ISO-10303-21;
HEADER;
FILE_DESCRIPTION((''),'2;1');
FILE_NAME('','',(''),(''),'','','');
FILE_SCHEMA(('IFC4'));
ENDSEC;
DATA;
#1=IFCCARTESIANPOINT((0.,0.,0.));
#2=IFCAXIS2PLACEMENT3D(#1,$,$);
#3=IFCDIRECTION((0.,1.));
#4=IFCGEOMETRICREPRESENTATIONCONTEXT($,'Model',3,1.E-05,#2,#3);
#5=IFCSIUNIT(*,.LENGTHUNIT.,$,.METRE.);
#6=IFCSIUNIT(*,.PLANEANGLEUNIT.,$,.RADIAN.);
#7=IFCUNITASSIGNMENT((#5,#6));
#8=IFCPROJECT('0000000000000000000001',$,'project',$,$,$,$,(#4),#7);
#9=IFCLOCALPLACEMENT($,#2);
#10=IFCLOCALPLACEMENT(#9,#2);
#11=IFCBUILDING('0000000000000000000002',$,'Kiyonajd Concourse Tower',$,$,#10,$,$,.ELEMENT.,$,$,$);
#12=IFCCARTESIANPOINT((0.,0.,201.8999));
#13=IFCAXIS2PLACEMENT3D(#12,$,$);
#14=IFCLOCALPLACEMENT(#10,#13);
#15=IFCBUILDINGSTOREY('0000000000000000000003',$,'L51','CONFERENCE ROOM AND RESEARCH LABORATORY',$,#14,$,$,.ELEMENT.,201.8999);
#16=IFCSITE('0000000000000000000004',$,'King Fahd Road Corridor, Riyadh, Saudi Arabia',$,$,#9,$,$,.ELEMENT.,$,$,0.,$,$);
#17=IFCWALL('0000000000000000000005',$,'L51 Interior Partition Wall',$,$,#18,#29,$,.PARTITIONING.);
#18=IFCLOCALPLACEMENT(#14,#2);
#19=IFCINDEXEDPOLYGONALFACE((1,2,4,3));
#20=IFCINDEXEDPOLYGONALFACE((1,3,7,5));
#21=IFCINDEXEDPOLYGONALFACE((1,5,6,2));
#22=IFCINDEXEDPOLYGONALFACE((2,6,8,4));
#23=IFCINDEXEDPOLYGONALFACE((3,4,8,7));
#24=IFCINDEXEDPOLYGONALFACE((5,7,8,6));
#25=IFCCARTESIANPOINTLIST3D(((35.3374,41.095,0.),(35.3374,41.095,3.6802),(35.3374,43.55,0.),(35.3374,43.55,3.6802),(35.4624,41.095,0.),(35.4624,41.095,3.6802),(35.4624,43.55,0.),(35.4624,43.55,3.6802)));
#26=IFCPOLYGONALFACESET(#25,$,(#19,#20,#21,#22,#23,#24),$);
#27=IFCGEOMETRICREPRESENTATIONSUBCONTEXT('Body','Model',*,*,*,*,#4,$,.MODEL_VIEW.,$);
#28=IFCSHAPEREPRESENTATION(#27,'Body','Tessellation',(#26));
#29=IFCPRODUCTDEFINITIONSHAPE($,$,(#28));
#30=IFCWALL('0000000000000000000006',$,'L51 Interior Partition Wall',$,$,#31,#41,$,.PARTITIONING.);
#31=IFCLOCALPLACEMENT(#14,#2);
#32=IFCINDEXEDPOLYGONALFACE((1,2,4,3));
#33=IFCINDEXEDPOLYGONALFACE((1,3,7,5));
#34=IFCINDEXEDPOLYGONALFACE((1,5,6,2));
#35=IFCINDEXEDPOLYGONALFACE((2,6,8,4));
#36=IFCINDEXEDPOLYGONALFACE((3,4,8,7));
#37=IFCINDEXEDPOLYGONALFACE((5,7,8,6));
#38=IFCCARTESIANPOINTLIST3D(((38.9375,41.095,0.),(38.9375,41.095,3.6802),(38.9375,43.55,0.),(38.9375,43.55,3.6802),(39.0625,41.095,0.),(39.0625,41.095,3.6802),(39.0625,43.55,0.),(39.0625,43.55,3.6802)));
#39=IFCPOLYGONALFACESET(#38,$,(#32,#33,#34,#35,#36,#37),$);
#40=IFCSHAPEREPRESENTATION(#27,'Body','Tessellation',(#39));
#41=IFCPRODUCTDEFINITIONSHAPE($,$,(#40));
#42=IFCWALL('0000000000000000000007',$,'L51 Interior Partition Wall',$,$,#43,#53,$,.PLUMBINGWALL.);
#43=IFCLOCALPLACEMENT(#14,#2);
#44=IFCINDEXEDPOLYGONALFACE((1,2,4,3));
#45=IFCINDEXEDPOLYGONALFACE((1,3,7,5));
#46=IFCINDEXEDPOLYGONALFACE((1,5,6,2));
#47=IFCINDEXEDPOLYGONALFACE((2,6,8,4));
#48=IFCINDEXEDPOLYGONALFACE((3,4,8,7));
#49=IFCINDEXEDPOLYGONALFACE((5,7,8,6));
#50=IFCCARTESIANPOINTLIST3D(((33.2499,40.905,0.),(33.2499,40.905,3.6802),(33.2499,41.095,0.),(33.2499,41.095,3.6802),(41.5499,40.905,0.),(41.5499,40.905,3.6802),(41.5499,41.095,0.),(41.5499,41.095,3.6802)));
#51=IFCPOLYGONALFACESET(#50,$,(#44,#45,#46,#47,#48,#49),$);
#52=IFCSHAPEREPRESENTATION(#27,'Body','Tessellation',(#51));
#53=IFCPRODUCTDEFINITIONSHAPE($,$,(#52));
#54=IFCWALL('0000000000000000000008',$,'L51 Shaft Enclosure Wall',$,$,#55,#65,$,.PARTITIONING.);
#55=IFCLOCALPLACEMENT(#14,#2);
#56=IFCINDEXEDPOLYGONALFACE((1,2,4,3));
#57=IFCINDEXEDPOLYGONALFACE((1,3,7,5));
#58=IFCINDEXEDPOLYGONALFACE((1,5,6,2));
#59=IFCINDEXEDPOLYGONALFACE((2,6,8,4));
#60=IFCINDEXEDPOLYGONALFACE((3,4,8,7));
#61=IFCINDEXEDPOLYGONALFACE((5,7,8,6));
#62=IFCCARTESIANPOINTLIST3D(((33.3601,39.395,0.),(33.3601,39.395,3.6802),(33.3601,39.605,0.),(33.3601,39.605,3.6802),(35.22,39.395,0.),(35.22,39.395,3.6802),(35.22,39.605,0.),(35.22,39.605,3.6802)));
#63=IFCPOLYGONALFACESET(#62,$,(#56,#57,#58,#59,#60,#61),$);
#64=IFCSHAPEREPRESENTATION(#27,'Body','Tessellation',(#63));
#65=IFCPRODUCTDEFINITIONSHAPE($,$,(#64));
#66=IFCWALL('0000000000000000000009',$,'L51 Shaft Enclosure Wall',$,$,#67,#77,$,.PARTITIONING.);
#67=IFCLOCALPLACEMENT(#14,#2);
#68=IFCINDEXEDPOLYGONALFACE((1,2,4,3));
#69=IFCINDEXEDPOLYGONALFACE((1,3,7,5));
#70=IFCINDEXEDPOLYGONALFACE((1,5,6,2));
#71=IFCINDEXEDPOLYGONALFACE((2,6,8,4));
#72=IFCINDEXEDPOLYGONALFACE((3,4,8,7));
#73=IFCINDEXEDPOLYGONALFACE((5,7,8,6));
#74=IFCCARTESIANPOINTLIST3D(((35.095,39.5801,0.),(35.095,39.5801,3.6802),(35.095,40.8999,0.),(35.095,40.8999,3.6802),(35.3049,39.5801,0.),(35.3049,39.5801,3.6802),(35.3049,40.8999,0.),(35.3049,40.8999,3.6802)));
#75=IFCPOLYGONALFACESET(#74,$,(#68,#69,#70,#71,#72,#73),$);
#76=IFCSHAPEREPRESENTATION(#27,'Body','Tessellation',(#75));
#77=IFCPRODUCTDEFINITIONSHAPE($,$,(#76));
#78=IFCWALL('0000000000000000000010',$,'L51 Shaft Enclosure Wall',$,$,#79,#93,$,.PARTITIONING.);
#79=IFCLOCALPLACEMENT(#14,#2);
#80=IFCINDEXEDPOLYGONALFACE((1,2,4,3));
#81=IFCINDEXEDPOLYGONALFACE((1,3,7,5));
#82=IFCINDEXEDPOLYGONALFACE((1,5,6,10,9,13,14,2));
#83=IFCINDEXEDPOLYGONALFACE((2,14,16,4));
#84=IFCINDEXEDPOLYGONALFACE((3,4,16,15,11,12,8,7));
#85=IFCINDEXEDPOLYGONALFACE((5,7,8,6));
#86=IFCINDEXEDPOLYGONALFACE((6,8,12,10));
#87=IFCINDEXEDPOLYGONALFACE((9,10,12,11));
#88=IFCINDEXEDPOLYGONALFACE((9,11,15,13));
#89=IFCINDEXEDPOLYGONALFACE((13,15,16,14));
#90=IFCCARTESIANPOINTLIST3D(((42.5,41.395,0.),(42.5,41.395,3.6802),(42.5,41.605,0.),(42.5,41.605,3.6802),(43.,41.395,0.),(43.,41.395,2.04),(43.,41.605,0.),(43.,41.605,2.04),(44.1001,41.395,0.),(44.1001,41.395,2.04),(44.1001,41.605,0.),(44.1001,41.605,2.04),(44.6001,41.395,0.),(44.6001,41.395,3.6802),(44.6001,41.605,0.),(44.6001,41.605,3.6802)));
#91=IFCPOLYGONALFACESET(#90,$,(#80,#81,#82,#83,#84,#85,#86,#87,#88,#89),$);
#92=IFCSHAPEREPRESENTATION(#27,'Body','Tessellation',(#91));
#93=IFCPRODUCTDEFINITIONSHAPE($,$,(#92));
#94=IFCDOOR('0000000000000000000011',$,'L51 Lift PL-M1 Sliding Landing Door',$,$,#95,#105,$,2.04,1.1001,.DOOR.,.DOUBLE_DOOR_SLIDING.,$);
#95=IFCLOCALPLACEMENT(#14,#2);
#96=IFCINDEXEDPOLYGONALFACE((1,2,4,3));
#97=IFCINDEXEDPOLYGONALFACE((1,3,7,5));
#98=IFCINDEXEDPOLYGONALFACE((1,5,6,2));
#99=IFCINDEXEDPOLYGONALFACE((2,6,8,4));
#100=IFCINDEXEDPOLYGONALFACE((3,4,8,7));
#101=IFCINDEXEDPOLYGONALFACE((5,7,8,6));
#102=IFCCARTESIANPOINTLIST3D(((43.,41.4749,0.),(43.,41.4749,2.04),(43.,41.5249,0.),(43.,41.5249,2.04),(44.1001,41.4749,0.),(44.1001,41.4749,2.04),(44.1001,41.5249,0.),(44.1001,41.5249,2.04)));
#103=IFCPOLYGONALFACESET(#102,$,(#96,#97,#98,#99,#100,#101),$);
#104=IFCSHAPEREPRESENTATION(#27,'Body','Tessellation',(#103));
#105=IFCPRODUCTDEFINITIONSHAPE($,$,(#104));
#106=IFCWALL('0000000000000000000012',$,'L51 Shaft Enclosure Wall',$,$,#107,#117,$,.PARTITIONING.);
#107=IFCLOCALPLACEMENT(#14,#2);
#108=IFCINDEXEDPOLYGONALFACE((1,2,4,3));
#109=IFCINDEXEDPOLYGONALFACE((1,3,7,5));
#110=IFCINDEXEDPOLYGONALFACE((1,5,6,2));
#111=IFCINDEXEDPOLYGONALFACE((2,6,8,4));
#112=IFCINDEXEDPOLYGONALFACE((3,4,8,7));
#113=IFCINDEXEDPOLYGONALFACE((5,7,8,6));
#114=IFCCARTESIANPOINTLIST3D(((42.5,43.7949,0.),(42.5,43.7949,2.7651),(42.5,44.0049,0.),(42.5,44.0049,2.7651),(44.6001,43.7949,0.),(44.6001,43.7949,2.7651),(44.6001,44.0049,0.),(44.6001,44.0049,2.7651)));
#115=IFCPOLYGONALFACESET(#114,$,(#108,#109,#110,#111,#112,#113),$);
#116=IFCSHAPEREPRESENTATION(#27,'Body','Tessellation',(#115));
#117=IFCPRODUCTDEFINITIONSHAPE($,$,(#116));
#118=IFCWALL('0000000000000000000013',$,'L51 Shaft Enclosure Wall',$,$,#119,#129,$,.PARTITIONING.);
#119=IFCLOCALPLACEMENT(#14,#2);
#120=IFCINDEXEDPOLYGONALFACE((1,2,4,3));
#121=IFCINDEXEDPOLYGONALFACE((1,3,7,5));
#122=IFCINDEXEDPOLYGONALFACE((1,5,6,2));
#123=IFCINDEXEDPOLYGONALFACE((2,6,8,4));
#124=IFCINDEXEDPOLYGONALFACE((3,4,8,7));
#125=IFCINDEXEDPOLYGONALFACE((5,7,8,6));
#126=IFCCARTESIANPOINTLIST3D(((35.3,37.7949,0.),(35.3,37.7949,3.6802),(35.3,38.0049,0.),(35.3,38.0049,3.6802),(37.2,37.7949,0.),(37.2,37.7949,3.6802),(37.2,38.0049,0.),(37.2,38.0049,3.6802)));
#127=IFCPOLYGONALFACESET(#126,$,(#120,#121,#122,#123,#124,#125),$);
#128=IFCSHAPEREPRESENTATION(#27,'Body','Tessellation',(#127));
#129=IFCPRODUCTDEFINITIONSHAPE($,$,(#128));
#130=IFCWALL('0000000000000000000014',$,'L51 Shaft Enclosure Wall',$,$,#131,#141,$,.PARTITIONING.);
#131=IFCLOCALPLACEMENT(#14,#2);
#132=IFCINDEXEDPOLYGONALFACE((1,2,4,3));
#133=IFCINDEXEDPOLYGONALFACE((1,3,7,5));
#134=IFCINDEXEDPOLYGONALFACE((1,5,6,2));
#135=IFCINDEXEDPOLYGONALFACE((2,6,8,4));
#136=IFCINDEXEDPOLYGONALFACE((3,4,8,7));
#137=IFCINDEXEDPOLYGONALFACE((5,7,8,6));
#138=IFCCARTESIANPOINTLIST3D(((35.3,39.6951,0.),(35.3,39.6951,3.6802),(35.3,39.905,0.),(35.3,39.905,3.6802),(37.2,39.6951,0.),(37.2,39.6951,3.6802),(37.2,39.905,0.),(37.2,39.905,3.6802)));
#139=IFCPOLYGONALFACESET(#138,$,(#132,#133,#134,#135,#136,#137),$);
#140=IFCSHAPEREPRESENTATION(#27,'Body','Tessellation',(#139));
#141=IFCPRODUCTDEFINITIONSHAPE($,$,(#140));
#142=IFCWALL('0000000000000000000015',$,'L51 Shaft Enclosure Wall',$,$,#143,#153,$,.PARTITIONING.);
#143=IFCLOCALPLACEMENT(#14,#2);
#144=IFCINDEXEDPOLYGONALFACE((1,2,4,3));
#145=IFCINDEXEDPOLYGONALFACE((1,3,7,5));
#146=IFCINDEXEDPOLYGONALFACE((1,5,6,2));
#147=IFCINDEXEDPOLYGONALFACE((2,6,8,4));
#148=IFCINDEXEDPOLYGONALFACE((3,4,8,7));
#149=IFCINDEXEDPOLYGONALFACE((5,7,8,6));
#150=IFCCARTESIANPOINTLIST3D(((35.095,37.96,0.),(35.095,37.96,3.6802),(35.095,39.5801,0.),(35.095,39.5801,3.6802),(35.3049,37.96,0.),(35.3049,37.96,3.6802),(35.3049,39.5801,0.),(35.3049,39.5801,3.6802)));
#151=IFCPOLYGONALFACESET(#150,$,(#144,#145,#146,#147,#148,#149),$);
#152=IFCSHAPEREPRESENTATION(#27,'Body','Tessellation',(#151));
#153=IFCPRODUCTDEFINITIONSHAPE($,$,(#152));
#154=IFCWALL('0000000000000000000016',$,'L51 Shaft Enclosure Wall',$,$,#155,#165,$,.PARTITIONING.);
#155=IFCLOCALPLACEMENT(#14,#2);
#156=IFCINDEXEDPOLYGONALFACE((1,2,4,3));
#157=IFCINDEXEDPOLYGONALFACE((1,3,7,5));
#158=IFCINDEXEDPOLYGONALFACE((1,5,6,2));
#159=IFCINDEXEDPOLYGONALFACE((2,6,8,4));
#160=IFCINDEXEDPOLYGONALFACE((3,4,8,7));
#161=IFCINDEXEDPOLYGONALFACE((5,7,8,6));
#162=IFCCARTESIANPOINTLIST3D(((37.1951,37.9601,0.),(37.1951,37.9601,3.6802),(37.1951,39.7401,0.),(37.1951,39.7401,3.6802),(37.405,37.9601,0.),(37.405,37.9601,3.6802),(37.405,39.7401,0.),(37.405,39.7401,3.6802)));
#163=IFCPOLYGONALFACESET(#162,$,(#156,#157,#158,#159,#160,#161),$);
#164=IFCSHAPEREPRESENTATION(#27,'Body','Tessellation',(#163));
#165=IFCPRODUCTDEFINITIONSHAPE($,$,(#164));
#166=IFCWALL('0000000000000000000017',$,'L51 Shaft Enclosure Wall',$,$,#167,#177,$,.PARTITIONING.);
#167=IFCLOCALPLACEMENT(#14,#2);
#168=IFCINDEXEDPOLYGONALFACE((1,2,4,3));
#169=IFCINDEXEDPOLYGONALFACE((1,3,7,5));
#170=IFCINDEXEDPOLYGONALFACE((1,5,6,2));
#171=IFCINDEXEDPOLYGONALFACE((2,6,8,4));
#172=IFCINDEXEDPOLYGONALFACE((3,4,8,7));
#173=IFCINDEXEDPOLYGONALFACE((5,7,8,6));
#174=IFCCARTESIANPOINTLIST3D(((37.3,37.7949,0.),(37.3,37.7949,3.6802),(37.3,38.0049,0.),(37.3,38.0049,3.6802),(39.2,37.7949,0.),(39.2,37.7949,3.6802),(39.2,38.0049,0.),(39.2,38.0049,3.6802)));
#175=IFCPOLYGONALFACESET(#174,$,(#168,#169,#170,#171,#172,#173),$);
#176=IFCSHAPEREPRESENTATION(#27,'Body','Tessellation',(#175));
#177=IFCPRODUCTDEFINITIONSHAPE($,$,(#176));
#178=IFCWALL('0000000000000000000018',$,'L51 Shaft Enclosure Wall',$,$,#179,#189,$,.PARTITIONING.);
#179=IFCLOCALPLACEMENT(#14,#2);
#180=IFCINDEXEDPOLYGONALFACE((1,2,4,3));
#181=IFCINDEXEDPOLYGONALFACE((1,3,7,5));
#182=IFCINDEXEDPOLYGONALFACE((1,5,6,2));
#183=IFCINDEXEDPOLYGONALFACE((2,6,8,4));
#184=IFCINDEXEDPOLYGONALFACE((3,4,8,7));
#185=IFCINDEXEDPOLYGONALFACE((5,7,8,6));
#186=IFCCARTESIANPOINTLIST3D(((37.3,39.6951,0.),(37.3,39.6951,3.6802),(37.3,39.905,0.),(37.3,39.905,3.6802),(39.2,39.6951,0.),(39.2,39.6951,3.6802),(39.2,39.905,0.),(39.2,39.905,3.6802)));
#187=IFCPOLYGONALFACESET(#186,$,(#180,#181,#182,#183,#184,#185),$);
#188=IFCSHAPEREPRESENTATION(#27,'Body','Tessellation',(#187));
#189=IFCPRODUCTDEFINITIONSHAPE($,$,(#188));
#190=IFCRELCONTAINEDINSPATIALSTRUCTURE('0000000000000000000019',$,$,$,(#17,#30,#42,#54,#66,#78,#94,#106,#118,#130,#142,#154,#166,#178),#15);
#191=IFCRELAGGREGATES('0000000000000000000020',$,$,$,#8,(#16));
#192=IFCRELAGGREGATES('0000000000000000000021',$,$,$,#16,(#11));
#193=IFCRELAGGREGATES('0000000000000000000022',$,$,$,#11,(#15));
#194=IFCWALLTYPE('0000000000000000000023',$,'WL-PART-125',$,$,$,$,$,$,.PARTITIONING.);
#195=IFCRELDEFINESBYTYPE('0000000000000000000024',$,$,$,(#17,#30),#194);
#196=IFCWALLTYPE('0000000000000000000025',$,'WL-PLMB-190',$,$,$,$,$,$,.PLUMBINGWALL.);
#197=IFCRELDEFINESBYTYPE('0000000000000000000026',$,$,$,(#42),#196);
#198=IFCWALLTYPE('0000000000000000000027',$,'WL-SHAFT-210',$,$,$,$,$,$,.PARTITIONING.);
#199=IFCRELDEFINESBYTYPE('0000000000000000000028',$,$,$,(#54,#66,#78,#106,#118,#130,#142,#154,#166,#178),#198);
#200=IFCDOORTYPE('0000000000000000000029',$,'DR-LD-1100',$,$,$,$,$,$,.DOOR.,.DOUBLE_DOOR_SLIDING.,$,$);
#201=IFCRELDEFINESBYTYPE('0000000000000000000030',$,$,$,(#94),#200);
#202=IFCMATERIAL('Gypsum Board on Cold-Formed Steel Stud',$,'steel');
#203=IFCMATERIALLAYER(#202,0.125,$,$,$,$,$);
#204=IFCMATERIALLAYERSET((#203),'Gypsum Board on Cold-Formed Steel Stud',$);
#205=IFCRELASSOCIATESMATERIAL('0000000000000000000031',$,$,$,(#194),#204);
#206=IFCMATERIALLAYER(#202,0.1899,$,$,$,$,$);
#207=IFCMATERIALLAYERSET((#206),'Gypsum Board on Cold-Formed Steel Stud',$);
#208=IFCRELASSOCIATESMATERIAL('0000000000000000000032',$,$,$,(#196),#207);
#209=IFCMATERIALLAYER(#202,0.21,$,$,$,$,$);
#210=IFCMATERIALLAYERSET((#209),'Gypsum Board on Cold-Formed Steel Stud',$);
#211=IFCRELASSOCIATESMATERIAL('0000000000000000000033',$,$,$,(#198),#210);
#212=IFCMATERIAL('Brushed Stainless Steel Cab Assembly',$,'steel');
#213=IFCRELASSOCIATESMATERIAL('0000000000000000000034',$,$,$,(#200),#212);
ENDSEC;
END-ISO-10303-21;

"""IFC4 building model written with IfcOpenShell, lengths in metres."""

from ifc_helpers import new_model, si_unit, direction, frame, frame_2d, origin, place, context, subcontext, project, spatial, rectangle, extrude, material, layer, layer_set, type_object, element, fill, save


model = new_model("IFC4")

# Units and contexts
model_context = context("Model", 3, precision=1e-05, world=origin(), true_north=direction((0.0, 1.0)))
body_context = subcontext(model_context, "Body", "Model", "MODEL_VIEW")
ifc_project = project(units=[si_unit("LENGTHUNIT", "METRE"), si_unit("PLANEANGLEUNIT", "RADIAN")], contexts=[model_context])

# Site, building, storey
site_placement = place(None, origin())
site = spatial("IfcSite", under=ifc_project, at=site_placement, Name="King Fahd Road Corridor, Riyadh, Saudi Arabia", CompositionType="ELEMENT", RefElevation=0.0)
building_placement = place(site_placement, origin())
building = spatial("IfcBuilding", under=site, at=building_placement, Name="Kiyonajd Concourse Tower", CompositionType="ELEMENT")
storey_placement = place(building_placement, frame((0.0, 0.0, 201.8999)))
storey = spatial("IfcBuildingStorey", under=building, at=storey_placement, Name="L51", Description="CONFERENCE ROOM AND RESEARCH LABORATORY", CompositionType="ELEMENT", Elevation=201.8999)

# Walls
ifc_material_1 = material(Name="Gypsum Board on Cold-Formed Steel Stud", Category="steel")
ifc_layer_1 = layer(ifc_material_1, 0.125)
ifc_layer_set_1 = layer_set([ifc_layer_1], Name="Gypsum Board on Cold-Formed Steel Stud")
wall_type_1 = type_object("IfcWallType", Name="WL-PART-125", PredefinedType="PARTITIONING", material=ifc_layer_set_1)
for number, where, z_axis, x_axis, name in (
    (1, (35.3999, 41.095, 0.0), (0.0, 0.0, 1.0), (0.0, 1.0, 0.0), "L51 Interior Partition Wall"),
    (2, (39.0, 41.095, 0.0), (0.0, 0.0, 1.0), (0.0, 1.0, 0.0), "L51 Interior Partition Wall"),
):
    element("IfcWall", number, at=place(storey_placement, frame(where, z_axis=z_axis, x_axis=x_axis)), inside=storey, type_object=wall_type_1, Name=name, PredefinedType="PARTITIONING", context=body_context, shape_type="SweptSolid", body=[
        extrude(rectangle(XDim=2.4551, YDim=0.125, at=frame_2d((1.2275, 0.0))), origin(), (0.0, 0.0, 1.0), 3.6802),
    ])
ifc_layer_2 = layer(ifc_material_1, 0.1899)
ifc_layer_set_2 = layer_set([ifc_layer_2], Name="Gypsum Board on Cold-Formed Steel Stud")
wall_type_2 = type_object("IfcWallType", Name="WL-PLMB-190", PredefinedType="PLUMBINGWALL", material=ifc_layer_set_2)
wall_1_placement = place(storey_placement, frame((33.25, 41.0, 0.0), z_axis=(0.0, 0.0, 1.0), x_axis=(1.0, 0.0, 0.0)))
element("IfcWall", 3, at=wall_1_placement, inside=storey, type_object=wall_type_2, Name="L51 Interior Partition Wall", PredefinedType="PLUMBINGWALL", context=body_context, shape_type="SweptSolid", body=[
    extrude(rectangle(XDim=8.3, YDim=0.1899, at=frame_2d((4.1499, 0.0))), origin(), (0.0, 0.0, 1.0), 3.6802),
])
ifc_layer_3 = layer(ifc_material_1, 0.21)
ifc_layer_set_3 = layer_set([ifc_layer_3], Name="Gypsum Board on Cold-Formed Steel Stud")
wall_type_3 = type_object("IfcWallType", Name="WL-SHAFT-210", PredefinedType="PARTITIONING", material=ifc_layer_set_3)
wall_2_placement = place(storey_placement, frame((33.3601, 39.5, 0.0), z_axis=(0.0, 0.0, 1.0), x_axis=(1.0, 0.0, 0.0)))
element("IfcWall", 4, at=wall_2_placement, inside=storey, type_object=wall_type_3, Name="L51 Shaft Enclosure Wall", PredefinedType="PARTITIONING", context=body_context, shape_type="SweptSolid", body=[
    extrude(rectangle(XDim=1.8599, YDim=0.21, at=frame_2d((0.9299, 0.0))), origin(), (0.0, 0.0, 1.0), 3.6802),
])
wall_3_placement = place(storey_placement, frame((35.2, 39.5801, 0.0), z_axis=(0.0, 0.0, 1.0), x_axis=(0.0, 1.0, 0.0)))
element("IfcWall", 5, at=wall_3_placement, inside=storey, type_object=wall_type_3, Name="L51 Shaft Enclosure Wall", PredefinedType="PARTITIONING", context=body_context, shape_type="SweptSolid", body=[
    extrude(rectangle(XDim=1.3198, YDim=0.21, at=frame_2d((0.6599, 0.0))), origin(), (0.0, 0.0, 1.0), 3.6802),
])

# Wall, opening, door
wall_4_placement = place(storey_placement, frame((42.5, 41.5, 0.0), z_axis=(0.0, 0.0, 1.0), x_axis=(1.0, 0.0, 0.0)))
wall_4 = element("IfcWall", 6, at=wall_4_placement, inside=storey, type_object=wall_type_3, Name="L51 Shaft Enclosure Wall", PredefinedType="PARTITIONING", context=body_context, shape_type="SweptSolid", body=[
    extrude(rectangle(XDim=2.1001, YDim=0.21, at=frame_2d((1.05, 0.0))), origin(), (0.0, 0.0, 1.0), 3.6802),
])
opening_1_placement = place(wall_4_placement, frame((0.5, 0.0, 0.0)))
opening_1 = element("IfcOpeningElement", 7, at=opening_1_placement, cuts=wall_4, PredefinedType="OPENING", context=body_context, shape_type="SweptSolid", body=[
    extrude(rectangle(XDim=1.1001, YDim=2.04, at=frame_2d((0.55, 1.02))), frame((0.0, 0.115, 0.0), z_axis=(0.0, -1.0, 0.0), x_axis=(1.0, 0.0, 0.0)), (0.0, 0.0, 1.0), 0.23),
])
ifc_material_2 = material(Name="Brushed Stainless Steel Cab Assembly", Category="steel")
door_type_1 = type_object("IfcDoorType", Name="DR-LD-1100", OperationType="DOUBLE_DOOR_SLIDING", PredefinedType="DOOR", material=ifc_material_2)
door_1_placement = place(opening_1_placement, origin())
door_1 = element("IfcDoor", 8, at=door_1_placement, inside=storey, type_object=door_type_1, Name="L51 Lift PL-M1 Sliding Landing Door", OperationType="DOUBLE_DOOR_SLIDING", OverallHeight=2.04, OverallWidth=1.1001, PredefinedType="DOOR", context=body_context, shape_type="SweptSolid", body=[
    extrude(rectangle(XDim=1.1001, YDim=2.04, at=frame_2d((0.55, 1.02))), frame((0.0, 0.0249, 0.0), z_axis=(0.0, -1.0, 0.0), x_axis=(1.0, 0.0, 0.0)), (0.0, 0.0, 1.0), 0.05),
])
fill(opening_1, door_1)

# Walls
wall_5_placement = place(storey_placement, frame((42.5, 43.8999, 0.0), z_axis=(0.0, 0.0, 1.0), x_axis=(1.0, 0.0, 0.0)))
element("IfcWall", 9, at=wall_5_placement, inside=storey, type_object=wall_type_3, Name="L51 Shaft Enclosure Wall", PredefinedType="PARTITIONING", context=body_context, shape_type="SweptSolid", body=[
    extrude(rectangle(XDim=2.1001, YDim=0.21, at=frame_2d((1.05, 0.0))), origin(), (0.0, 0.0, 1.0), 2.7651),
])
for number, where, z_axis, x_axis, name in (
    (10, (35.3, 37.8999, 0.0), (0.0, 0.0, 1.0), (1.0, 0.0, 0.0), "L51 Shaft Enclosure Wall"),
    (11, (35.3, 39.8, 0.0), (0.0, 0.0, 1.0), (1.0, 0.0, 0.0), "L51 Shaft Enclosure Wall"),
):
    element("IfcWall", number, at=place(storey_placement, frame(where, z_axis=z_axis, x_axis=x_axis)), inside=storey, type_object=wall_type_3, Name=name, PredefinedType="PARTITIONING", context=body_context, shape_type="SweptSolid", body=[
        extrude(rectangle(XDim=1.8999, YDim=0.21, at=frame_2d((0.95, 0.0))), origin(), (0.0, 0.0, 1.0), 3.6802),
    ])
wall_6_placement = place(storey_placement, frame((35.2, 37.96, 0.0), z_axis=(0.0, 0.0, 1.0), x_axis=(0.0, 1.0, 0.0)))
element("IfcWall", 12, at=wall_6_placement, inside=storey, type_object=wall_type_3, Name="L51 Shaft Enclosure Wall", PredefinedType="PARTITIONING", context=body_context, shape_type="SweptSolid", body=[
    extrude(rectangle(XDim=1.6201, YDim=0.21, at=frame_2d((0.8101, 0.0))), origin(), (0.0, 0.0, 1.0), 3.6802),
])
wall_7_placement = place(storey_placement, frame((37.3, 37.96, 0.0), z_axis=(0.0, 0.0, 1.0), x_axis=(0.0, 1.0, 0.0)))
element("IfcWall", 13, at=wall_7_placement, inside=storey, type_object=wall_type_3, Name="L51 Shaft Enclosure Wall", PredefinedType="PARTITIONING", context=body_context, shape_type="SweptSolid", body=[
    extrude(rectangle(XDim=1.78, YDim=0.21, at=frame_2d((0.8901, 0.0))), origin(), (0.0, 0.0, 1.0), 3.6802),
])
for number, where, z_axis, x_axis, name in (
    (14, (37.3, 37.8999, 0.0), (0.0, 0.0, 1.0), (1.0, 0.0, 0.0), "L51 Shaft Enclosure Wall"),
    (15, (37.3, 39.8, 0.0), (0.0, 0.0, 1.0), (1.0, 0.0, 0.0), "L51 Shaft Enclosure Wall"),
):
    element("IfcWall", number, at=place(storey_placement, frame(where, z_axis=z_axis, x_axis=x_axis)), inside=storey, type_object=wall_type_3, Name=name, PredefinedType="PARTITIONING", context=body_context, shape_type="SweptSolid", body=[
        extrude(rectangle(XDim=1.8999, YDim=0.21, at=frame_2d((0.95, 0.0))), origin(), (0.0, 0.0, 1.0), 3.6802),
    ])

save(model, "model.ifc")
